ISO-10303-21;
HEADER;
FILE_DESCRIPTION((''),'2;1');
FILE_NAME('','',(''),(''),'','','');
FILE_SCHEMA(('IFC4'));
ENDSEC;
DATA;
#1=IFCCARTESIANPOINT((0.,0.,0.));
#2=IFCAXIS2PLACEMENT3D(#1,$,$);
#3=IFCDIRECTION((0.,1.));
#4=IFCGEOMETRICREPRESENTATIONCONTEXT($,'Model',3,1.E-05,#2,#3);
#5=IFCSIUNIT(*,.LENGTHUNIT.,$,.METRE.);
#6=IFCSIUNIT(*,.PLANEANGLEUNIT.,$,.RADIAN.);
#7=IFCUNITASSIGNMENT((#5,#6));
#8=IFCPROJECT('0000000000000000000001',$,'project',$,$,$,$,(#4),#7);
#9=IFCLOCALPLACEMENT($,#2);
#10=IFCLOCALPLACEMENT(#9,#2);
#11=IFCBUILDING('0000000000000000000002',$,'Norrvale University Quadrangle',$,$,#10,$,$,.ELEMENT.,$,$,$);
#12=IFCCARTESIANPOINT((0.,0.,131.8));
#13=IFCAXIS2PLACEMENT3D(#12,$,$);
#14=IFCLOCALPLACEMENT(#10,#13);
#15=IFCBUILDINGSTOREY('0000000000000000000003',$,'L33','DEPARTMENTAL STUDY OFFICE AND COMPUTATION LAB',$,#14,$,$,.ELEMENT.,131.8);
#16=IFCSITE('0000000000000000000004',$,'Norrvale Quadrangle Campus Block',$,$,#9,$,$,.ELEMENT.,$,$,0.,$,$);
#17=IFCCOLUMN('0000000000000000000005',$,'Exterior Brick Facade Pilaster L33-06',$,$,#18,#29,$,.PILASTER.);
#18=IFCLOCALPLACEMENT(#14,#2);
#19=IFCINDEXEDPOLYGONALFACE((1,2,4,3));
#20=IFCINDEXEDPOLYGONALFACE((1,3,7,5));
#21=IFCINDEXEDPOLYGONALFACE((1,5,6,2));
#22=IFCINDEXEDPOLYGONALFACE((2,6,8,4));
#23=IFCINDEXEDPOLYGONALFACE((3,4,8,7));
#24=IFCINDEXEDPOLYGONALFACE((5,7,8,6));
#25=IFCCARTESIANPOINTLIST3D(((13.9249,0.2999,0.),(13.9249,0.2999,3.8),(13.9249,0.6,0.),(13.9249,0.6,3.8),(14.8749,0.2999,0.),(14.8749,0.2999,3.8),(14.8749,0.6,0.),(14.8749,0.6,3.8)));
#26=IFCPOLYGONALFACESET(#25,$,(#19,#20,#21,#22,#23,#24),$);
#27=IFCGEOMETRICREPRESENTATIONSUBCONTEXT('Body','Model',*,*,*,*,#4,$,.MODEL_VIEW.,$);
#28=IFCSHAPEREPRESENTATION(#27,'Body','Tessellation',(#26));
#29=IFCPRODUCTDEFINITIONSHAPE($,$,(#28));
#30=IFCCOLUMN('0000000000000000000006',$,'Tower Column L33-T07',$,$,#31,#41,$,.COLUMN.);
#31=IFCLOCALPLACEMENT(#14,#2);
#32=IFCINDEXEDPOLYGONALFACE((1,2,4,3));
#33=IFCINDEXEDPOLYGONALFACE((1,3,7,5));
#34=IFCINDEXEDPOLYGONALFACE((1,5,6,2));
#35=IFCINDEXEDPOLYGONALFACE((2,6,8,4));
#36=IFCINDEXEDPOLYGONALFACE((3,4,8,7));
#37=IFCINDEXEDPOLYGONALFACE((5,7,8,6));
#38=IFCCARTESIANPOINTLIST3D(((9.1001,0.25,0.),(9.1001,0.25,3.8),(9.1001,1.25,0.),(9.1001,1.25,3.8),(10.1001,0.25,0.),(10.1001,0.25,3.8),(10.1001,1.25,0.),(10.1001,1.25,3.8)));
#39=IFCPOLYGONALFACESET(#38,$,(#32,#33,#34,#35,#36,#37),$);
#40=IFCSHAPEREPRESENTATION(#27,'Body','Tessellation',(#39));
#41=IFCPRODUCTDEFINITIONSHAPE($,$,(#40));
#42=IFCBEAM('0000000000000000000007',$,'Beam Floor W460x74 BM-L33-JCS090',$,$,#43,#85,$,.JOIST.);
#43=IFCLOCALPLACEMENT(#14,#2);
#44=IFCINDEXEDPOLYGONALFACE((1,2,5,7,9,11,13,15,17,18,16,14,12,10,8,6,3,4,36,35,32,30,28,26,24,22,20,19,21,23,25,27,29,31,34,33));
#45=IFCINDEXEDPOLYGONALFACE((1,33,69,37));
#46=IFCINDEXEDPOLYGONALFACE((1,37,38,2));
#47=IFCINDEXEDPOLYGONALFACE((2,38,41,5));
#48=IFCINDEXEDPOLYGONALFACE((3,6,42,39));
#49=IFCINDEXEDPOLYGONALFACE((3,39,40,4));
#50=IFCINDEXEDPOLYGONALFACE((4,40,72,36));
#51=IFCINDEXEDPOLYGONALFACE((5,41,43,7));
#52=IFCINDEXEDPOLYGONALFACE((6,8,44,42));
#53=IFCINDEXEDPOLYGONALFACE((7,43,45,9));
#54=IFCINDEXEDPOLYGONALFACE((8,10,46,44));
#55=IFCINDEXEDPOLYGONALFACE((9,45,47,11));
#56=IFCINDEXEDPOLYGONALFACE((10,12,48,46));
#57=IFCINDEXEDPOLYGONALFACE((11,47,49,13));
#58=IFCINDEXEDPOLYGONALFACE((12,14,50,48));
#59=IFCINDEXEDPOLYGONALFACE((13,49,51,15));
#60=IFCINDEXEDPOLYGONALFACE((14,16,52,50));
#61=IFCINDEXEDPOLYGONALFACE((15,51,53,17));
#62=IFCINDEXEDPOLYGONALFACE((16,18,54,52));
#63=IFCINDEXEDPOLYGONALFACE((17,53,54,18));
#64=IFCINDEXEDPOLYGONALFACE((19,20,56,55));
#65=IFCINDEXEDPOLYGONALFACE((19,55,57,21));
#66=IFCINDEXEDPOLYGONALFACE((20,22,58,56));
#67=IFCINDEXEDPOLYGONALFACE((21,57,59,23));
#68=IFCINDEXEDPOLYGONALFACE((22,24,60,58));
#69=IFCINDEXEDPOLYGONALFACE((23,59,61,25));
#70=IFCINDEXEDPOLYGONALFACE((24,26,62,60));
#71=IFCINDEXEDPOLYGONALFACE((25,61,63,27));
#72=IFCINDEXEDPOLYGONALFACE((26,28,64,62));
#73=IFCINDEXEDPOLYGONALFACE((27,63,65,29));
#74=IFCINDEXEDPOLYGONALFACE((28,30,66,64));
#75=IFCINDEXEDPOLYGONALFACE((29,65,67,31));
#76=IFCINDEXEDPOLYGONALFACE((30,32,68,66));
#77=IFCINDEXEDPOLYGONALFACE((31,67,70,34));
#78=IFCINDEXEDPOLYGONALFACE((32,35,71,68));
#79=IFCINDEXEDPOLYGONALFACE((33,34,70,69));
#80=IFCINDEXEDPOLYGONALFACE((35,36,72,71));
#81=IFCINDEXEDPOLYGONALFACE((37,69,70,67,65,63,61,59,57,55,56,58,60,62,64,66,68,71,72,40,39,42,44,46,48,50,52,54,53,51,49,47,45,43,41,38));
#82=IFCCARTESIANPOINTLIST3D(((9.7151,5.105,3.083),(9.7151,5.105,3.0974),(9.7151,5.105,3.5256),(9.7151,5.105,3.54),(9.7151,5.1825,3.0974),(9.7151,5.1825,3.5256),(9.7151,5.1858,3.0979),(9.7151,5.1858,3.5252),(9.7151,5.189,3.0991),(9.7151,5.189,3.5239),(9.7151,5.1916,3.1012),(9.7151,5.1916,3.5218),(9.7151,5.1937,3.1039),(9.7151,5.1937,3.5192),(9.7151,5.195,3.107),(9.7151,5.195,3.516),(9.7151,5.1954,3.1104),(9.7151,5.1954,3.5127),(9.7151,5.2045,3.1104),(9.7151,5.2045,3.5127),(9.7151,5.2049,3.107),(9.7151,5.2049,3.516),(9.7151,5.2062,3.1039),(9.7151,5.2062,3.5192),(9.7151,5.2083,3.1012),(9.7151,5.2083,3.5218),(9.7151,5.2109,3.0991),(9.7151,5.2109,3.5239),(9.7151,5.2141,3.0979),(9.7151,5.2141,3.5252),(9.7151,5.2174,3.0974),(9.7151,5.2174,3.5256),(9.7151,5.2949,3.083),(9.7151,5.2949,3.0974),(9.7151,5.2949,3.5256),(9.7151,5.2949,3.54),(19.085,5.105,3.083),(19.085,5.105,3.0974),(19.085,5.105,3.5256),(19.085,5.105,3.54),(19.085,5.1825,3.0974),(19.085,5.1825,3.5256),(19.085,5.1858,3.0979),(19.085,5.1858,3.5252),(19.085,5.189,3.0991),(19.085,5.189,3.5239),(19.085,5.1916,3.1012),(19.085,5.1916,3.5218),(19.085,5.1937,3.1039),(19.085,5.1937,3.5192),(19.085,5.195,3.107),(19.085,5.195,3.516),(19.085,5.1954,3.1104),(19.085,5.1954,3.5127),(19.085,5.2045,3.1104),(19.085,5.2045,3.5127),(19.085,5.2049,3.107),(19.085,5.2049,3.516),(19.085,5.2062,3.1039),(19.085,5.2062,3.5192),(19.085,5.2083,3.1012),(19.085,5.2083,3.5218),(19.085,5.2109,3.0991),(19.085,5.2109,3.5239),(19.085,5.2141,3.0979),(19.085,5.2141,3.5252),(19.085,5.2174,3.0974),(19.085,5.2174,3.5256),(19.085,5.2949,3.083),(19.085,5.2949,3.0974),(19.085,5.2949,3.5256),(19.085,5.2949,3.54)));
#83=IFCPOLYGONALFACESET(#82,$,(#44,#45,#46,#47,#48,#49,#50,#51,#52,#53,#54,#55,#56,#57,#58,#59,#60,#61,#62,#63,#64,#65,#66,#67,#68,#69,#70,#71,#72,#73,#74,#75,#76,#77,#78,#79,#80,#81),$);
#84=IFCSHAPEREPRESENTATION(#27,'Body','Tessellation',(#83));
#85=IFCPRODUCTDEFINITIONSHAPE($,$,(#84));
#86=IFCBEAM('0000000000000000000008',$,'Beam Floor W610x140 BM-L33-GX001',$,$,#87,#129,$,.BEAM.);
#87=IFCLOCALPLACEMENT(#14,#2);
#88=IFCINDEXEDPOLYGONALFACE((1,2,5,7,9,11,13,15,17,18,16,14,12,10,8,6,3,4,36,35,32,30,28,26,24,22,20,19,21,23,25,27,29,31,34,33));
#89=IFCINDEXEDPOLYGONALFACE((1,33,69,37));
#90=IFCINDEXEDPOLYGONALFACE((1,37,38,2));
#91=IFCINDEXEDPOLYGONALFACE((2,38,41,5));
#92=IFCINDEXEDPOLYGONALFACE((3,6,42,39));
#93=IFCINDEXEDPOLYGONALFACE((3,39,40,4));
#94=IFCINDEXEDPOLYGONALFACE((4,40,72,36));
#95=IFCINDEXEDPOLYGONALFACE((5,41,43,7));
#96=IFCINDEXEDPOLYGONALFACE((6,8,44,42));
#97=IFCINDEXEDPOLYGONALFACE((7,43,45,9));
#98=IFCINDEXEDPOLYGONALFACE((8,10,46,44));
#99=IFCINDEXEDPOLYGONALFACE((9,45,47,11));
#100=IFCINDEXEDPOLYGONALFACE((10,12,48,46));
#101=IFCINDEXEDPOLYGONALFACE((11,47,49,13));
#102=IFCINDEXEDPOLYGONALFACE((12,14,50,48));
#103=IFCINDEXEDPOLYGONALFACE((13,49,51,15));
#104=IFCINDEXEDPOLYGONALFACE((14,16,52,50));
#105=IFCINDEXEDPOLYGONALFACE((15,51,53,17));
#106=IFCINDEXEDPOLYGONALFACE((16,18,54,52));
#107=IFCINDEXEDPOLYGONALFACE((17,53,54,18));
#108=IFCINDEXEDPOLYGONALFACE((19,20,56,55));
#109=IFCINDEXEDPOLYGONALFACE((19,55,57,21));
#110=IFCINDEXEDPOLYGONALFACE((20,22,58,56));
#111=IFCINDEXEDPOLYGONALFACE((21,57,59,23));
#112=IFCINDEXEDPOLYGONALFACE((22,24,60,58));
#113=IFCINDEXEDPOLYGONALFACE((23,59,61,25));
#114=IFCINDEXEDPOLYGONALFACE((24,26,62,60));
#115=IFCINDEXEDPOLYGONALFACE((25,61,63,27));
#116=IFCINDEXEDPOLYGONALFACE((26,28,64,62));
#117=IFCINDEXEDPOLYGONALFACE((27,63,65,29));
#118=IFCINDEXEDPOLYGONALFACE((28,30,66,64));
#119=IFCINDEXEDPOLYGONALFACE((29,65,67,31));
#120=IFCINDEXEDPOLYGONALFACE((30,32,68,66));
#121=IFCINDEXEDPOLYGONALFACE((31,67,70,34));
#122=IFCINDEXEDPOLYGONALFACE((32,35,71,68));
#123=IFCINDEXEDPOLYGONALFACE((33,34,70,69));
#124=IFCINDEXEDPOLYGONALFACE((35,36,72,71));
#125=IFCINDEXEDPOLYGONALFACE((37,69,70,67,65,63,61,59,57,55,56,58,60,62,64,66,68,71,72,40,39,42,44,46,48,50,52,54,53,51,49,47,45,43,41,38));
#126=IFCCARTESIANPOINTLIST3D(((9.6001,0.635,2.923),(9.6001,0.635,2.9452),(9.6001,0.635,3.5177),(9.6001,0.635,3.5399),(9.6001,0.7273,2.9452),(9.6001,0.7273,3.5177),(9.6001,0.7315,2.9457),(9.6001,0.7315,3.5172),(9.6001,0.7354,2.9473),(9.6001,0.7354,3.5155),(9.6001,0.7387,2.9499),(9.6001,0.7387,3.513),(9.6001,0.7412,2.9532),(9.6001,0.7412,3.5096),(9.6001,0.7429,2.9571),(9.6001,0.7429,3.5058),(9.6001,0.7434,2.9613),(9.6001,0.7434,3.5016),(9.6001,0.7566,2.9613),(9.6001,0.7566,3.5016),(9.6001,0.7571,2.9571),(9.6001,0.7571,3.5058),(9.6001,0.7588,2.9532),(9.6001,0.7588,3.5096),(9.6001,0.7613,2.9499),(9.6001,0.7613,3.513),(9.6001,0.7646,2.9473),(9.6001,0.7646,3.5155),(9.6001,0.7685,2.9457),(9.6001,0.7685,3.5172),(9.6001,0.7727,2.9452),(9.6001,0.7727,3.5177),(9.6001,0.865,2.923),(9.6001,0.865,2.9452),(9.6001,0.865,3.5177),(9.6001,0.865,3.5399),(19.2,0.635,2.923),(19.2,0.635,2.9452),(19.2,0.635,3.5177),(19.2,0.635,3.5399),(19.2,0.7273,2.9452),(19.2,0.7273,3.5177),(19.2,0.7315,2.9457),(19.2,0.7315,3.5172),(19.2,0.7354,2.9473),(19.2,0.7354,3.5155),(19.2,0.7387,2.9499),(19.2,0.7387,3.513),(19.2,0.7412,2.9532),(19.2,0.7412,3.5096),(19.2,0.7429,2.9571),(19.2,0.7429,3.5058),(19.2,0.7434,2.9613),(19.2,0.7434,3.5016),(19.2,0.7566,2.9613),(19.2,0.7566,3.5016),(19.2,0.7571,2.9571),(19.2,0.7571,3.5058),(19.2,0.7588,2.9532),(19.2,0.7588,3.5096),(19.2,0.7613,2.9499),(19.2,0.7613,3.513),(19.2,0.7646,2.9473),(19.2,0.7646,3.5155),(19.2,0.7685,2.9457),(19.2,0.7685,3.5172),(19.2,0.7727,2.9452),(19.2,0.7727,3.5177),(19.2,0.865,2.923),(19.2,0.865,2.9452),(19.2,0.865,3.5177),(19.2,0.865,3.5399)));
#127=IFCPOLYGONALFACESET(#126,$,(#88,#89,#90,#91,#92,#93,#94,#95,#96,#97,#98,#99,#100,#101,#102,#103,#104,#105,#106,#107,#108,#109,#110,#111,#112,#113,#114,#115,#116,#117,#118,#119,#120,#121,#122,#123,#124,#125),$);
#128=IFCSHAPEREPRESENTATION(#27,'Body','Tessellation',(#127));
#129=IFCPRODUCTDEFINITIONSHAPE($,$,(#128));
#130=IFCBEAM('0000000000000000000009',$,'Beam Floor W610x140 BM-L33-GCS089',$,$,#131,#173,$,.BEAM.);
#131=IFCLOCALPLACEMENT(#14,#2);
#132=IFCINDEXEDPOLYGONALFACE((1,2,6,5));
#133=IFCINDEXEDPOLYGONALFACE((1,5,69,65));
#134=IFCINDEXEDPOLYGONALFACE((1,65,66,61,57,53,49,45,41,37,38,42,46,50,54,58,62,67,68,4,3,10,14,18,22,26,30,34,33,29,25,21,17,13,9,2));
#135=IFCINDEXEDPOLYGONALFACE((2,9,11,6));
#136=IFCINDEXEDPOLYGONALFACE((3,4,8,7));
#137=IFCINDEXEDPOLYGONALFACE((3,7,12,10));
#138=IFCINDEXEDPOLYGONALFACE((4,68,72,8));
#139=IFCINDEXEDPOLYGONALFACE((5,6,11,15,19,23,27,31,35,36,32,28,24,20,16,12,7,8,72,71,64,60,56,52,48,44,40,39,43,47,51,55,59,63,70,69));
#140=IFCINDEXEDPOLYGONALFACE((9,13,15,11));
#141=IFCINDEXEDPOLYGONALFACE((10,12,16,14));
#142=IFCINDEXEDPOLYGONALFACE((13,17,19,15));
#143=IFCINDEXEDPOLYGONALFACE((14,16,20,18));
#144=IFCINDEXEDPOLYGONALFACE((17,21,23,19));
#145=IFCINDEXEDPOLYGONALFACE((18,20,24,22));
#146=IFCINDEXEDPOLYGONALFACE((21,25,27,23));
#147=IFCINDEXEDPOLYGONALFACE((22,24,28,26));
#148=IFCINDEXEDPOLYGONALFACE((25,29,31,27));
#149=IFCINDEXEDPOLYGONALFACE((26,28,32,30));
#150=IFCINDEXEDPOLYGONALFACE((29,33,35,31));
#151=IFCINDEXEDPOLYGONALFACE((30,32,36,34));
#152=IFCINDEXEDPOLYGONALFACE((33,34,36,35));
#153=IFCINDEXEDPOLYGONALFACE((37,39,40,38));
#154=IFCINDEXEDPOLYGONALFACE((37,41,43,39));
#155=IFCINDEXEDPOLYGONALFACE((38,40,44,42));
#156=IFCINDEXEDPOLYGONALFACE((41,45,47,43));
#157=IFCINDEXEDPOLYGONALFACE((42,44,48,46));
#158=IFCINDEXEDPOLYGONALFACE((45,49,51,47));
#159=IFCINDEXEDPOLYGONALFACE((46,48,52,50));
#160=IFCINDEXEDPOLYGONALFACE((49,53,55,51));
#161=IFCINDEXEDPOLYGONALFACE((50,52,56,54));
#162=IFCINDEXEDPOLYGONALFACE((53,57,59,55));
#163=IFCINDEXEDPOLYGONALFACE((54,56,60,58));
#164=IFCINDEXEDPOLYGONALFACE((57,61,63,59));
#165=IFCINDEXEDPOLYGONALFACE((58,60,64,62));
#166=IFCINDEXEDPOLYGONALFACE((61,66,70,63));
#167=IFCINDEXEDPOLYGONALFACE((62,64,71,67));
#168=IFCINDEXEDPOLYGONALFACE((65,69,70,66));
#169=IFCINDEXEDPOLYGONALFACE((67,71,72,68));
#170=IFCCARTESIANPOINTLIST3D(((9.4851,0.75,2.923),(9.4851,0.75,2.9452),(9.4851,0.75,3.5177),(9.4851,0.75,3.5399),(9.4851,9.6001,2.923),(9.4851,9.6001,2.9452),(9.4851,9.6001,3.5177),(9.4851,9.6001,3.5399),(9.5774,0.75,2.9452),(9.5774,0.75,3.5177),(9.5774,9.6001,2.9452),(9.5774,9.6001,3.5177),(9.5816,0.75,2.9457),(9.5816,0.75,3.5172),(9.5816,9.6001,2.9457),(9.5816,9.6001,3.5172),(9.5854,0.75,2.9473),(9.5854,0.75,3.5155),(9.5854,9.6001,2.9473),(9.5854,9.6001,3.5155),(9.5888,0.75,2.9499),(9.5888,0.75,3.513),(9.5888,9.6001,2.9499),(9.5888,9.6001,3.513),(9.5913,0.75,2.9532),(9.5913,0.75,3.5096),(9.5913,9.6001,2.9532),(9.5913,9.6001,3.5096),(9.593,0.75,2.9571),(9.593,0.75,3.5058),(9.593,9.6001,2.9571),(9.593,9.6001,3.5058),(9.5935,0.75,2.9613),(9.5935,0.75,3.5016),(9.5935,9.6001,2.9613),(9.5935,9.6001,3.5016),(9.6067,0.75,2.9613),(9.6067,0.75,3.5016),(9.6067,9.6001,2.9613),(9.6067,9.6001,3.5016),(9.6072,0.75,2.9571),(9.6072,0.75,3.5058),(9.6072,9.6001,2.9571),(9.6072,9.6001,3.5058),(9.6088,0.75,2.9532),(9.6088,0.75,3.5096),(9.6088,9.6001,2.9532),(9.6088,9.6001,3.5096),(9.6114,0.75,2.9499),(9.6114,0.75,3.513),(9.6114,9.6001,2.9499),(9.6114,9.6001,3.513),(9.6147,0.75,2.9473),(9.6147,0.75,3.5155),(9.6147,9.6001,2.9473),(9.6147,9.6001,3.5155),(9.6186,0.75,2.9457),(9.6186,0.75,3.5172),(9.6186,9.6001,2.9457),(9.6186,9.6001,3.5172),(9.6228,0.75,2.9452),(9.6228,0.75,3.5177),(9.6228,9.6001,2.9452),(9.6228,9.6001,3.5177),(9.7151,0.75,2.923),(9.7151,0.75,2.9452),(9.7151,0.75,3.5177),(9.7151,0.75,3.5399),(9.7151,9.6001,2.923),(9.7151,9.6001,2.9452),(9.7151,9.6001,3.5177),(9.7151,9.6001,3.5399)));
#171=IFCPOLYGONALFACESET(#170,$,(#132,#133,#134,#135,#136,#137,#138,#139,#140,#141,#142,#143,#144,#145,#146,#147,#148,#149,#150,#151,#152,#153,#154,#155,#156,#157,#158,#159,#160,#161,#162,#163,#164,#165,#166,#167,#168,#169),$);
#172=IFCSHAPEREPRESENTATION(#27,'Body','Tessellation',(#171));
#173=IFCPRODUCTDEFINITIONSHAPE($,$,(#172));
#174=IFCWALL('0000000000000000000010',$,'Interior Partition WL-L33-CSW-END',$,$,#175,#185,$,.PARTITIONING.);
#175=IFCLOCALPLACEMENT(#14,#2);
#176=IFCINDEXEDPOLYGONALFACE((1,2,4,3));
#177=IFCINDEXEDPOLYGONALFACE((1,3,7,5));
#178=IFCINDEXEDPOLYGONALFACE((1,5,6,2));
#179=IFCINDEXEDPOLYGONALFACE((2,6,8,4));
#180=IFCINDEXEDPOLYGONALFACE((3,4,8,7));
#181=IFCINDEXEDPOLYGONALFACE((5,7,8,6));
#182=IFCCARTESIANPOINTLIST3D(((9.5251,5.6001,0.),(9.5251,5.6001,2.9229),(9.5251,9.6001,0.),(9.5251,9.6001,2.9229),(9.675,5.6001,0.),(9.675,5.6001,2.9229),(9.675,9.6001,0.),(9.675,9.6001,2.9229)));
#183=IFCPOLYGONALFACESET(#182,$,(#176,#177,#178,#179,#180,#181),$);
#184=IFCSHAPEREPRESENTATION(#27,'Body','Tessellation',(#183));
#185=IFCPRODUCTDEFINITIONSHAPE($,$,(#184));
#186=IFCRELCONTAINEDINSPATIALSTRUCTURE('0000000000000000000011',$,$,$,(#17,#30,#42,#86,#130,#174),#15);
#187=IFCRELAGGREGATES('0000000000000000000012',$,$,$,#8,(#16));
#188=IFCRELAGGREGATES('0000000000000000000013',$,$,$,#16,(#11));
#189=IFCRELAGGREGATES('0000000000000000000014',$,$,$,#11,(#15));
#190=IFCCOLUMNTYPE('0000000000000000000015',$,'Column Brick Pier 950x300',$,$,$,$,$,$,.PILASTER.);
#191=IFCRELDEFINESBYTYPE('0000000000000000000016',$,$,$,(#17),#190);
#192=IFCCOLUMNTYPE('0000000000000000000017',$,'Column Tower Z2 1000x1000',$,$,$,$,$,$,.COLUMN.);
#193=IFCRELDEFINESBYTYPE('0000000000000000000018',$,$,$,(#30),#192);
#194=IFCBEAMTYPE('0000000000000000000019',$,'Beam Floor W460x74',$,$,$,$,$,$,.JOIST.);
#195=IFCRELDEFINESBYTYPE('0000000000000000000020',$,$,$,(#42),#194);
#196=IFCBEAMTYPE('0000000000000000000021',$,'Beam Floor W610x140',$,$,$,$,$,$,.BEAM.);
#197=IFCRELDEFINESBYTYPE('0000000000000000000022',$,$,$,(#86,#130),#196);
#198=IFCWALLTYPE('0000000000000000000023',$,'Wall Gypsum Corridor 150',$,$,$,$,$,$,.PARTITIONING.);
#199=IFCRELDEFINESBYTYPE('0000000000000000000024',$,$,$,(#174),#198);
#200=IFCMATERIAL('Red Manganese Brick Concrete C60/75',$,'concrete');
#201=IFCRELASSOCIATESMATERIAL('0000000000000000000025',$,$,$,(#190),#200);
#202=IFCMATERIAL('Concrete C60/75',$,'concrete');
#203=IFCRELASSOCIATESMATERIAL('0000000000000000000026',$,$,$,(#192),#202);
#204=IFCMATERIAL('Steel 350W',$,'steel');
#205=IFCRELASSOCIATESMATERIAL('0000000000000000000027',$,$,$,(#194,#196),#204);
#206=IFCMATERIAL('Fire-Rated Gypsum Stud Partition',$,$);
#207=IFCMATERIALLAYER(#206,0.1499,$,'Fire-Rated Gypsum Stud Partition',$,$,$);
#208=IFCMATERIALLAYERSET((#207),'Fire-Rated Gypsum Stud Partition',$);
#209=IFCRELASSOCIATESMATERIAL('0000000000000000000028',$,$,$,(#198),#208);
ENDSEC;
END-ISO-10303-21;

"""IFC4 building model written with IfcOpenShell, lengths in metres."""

from ifc_helpers import new_model, si_unit, direction, frame, frame_2d, origin, origin_2d, place, context, subcontext, project, spatial, rectangle, i_section, extrude, material, layer, layer_set, material_profile, profile_set, type_object, element, save


model = new_model("IFC4")

# Units and contexts
model_context = context("Model", 3, precision=1e-05, world=origin(), true_north=direction((0.0, 1.0)))
body_context = subcontext(model_context, "Body", "Model", "MODEL_VIEW")
ifc_project = project(units=[si_unit("LENGTHUNIT", "METRE"), si_unit("PLANEANGLEUNIT", "RADIAN")], contexts=[model_context])

# Site, building, storey
site_placement = place(None, origin())
site = spatial("IfcSite", under=ifc_project, at=site_placement, Name="Norrvale Quadrangle Campus Block", CompositionType="ELEMENT", RefElevation=0.0)
building_placement = place(site_placement, origin())
building = spatial("IfcBuilding", under=site, at=building_placement, Name="Norrvale University Quadrangle", CompositionType="ELEMENT")
storey_placement = place(building_placement, frame((0.0, 0.0, 131.8)))
storey = spatial("IfcBuildingStorey", under=building, at=storey_placement, Name="L33", Description="DEPARTMENTAL STUDY OFFICE AND COMPUTATION LAB", CompositionType="ELEMENT", Elevation=131.8)

# Columns
ifc_material_1 = material(Name="Red Manganese Brick Concrete C60/75", Category="concrete")
ifc_material_profile_1 = material_profile(ifc_material_1, rectangle(XDim=0.95, YDim=0.3, at=origin_2d()), Name="Red Manganese Brick Concrete C60/75")
ifc_profile_set_1 = profile_set([ifc_material_profile_1], Name="Red Manganese Brick Concrete C60/75")
column_type_1 = type_object("IfcColumnType", Name="Column Brick Pier 950x300", PredefinedType="PILASTER", material=ifc_profile_set_1)
column_1_placement = place(storey_placement, frame((14.3999, 0.45, 0.0), z_axis=(0.0, 0.0, 1.0), x_axis=(1.0, 0.0, 0.0)))
element("IfcColumn", 1, at=column_1_placement, inside=storey, type_object=column_type_1, Name="Exterior Brick Facade Pilaster L33-06", PredefinedType="PILASTER", context=body_context, shape_type="SweptSolid", body=[
    extrude(rectangle(XDim=0.95, YDim=0.3, at=origin_2d()), origin(), (0.0, 0.0, 1.0), 3.8),
])
ifc_material_2 = material(Name="Concrete C60/75", Category="concrete")
ifc_material_profile_2 = material_profile(ifc_material_2, rectangle(XDim=1.0, YDim=1.0, at=origin_2d()), Name="Concrete C60/75")
ifc_profile_set_2 = profile_set([ifc_material_profile_2], Name="Concrete C60/75")
column_type_2 = type_object("IfcColumnType", Name="Column Tower Z2 1000x1000", PredefinedType="COLUMN", material=ifc_profile_set_2)
column_2_placement = place(storey_placement, frame((9.6001, 0.75, 0.0), z_axis=(0.0, 0.0, 1.0), x_axis=(1.0, 0.0, 0.0)))
element("IfcColumn", 2, at=column_2_placement, inside=storey, type_object=column_type_2, Name="Tower Column L33-T07", PredefinedType="COLUMN", context=body_context, shape_type="SweptSolid", body=[
    extrude(rectangle(XDim=1.0, YDim=1.0, at=origin_2d()), origin(), (0.0, 0.0, 1.0), 3.8),
])

# Beams
ifc_material_3 = material(Name="Steel 350W", Category="steel")
ifc_material_profile_3 = material_profile(ifc_material_3, i_section(OverallWidth=0.1899, OverallDepth=0.457, WebThickness=0.009, FlangeThickness=0.0144, FilletRadius=0.0129, at=origin_2d()), Name="Steel 350W")
ifc_profile_set_3 = profile_set([ifc_material_profile_3], Name="Steel 350W")
beam_type_1 = type_object("IfcBeamType", Name="Beam Floor W460x74", PredefinedType="JOIST", material=ifc_profile_set_3)
beam_1_placement = place(storey_placement, frame((9.7151, 5.2, 3.3115), z_axis=(1.0, 0.0, 0.0), x_axis=(0.0, 1.0, 0.0)))
element("IfcBeam", 3, at=beam_1_placement, inside=storey, type_object=beam_type_1, Name="Beam Floor W460x74 BM-L33-JCS090", PredefinedType="JOIST", context=body_context, shape_type="SweptSolid", body=[
    extrude(i_section(OverallWidth=0.1899, OverallDepth=0.457, WebThickness=0.009, FlangeThickness=0.0144, FilletRadius=0.0129, at=origin_2d()), origin(), (0.0, 0.0, 1.0), 9.3699),
])
ifc_material_profile_4 = material_profile(ifc_material_3, i_section(OverallWidth=0.23, OverallDepth=0.6169, WebThickness=0.0132, FlangeThickness=0.0222, FilletRadius=0.0161, at=origin_2d()), Name="Steel 350W")
ifc_profile_set_4 = profile_set([ifc_material_profile_4], Name="Steel 350W")
beam_type_2 = type_object("IfcBeamType", Name="Beam Floor W610x140", PredefinedType="BEAM", material=ifc_profile_set_4)
beam_2_placement = place(storey_placement, frame((9.6001, 0.75, 3.2314), z_axis=(1.0, 0.0, 0.0), x_axis=(0.0, 1.0, 0.0)))
element("IfcBeam", 4, at=beam_2_placement, inside=storey, type_object=beam_type_2, Name="Beam Floor W610x140 BM-L33-GX001", PredefinedType="BEAM", context=body_context, shape_type="SweptSolid", body=[
    extrude(i_section(OverallWidth=0.23, OverallDepth=0.6169, WebThickness=0.0132, FlangeThickness=0.0222, FilletRadius=0.0161, at=origin_2d()), origin(), (0.0, 0.0, 1.0), 9.5999),
])
beam_3_placement = place(storey_placement, frame((9.6001, 0.75, 3.2314), z_axis=(0.0, 1.0, 0.0), x_axis=(-1.0, 0.0, 0.0)))
element("IfcBeam", 5, at=beam_3_placement, inside=storey, type_object=beam_type_2, Name="Beam Floor W610x140 BM-L33-GCS089", PredefinedType="BEAM", context=body_context, shape_type="SweptSolid", body=[
    extrude(i_section(OverallWidth=0.23, OverallDepth=0.6169, WebThickness=0.0132, FlangeThickness=0.0222, FilletRadius=0.0161, at=origin_2d()), origin(), (0.0, 0.0, 1.0), 8.8501),
])

# Wall
ifc_material_4 = material(Name="Fire-Rated Gypsum Stud Partition")
ifc_layer_1 = layer(ifc_material_4, 0.1499, Name="Fire-Rated Gypsum Stud Partition")
ifc_layer_set_1 = layer_set([ifc_layer_1], Name="Fire-Rated Gypsum Stud Partition")
wall_type_1 = type_object("IfcWallType", Name="Wall Gypsum Corridor 150", PredefinedType="PARTITIONING", material=ifc_layer_set_1)
wall_1_placement = place(storey_placement, frame((9.6001, 5.6001, 0.0), z_axis=(0.0, 0.0, 1.0), x_axis=(0.0, 1.0, 0.0)))
element("IfcWall", 6, at=wall_1_placement, inside=storey, type_object=wall_type_1, Name="Interior Partition WL-L33-CSW-END", PredefinedType="PARTITIONING", context=body_context, shape_type="SweptSolid", body=[
    extrude(rectangle(XDim=4.0, YDim=0.1499, at=frame_2d((2.0, 0.0))), origin(), (0.0, 0.0, 1.0), 2.9229),
])

save(model, "model.ifc")
